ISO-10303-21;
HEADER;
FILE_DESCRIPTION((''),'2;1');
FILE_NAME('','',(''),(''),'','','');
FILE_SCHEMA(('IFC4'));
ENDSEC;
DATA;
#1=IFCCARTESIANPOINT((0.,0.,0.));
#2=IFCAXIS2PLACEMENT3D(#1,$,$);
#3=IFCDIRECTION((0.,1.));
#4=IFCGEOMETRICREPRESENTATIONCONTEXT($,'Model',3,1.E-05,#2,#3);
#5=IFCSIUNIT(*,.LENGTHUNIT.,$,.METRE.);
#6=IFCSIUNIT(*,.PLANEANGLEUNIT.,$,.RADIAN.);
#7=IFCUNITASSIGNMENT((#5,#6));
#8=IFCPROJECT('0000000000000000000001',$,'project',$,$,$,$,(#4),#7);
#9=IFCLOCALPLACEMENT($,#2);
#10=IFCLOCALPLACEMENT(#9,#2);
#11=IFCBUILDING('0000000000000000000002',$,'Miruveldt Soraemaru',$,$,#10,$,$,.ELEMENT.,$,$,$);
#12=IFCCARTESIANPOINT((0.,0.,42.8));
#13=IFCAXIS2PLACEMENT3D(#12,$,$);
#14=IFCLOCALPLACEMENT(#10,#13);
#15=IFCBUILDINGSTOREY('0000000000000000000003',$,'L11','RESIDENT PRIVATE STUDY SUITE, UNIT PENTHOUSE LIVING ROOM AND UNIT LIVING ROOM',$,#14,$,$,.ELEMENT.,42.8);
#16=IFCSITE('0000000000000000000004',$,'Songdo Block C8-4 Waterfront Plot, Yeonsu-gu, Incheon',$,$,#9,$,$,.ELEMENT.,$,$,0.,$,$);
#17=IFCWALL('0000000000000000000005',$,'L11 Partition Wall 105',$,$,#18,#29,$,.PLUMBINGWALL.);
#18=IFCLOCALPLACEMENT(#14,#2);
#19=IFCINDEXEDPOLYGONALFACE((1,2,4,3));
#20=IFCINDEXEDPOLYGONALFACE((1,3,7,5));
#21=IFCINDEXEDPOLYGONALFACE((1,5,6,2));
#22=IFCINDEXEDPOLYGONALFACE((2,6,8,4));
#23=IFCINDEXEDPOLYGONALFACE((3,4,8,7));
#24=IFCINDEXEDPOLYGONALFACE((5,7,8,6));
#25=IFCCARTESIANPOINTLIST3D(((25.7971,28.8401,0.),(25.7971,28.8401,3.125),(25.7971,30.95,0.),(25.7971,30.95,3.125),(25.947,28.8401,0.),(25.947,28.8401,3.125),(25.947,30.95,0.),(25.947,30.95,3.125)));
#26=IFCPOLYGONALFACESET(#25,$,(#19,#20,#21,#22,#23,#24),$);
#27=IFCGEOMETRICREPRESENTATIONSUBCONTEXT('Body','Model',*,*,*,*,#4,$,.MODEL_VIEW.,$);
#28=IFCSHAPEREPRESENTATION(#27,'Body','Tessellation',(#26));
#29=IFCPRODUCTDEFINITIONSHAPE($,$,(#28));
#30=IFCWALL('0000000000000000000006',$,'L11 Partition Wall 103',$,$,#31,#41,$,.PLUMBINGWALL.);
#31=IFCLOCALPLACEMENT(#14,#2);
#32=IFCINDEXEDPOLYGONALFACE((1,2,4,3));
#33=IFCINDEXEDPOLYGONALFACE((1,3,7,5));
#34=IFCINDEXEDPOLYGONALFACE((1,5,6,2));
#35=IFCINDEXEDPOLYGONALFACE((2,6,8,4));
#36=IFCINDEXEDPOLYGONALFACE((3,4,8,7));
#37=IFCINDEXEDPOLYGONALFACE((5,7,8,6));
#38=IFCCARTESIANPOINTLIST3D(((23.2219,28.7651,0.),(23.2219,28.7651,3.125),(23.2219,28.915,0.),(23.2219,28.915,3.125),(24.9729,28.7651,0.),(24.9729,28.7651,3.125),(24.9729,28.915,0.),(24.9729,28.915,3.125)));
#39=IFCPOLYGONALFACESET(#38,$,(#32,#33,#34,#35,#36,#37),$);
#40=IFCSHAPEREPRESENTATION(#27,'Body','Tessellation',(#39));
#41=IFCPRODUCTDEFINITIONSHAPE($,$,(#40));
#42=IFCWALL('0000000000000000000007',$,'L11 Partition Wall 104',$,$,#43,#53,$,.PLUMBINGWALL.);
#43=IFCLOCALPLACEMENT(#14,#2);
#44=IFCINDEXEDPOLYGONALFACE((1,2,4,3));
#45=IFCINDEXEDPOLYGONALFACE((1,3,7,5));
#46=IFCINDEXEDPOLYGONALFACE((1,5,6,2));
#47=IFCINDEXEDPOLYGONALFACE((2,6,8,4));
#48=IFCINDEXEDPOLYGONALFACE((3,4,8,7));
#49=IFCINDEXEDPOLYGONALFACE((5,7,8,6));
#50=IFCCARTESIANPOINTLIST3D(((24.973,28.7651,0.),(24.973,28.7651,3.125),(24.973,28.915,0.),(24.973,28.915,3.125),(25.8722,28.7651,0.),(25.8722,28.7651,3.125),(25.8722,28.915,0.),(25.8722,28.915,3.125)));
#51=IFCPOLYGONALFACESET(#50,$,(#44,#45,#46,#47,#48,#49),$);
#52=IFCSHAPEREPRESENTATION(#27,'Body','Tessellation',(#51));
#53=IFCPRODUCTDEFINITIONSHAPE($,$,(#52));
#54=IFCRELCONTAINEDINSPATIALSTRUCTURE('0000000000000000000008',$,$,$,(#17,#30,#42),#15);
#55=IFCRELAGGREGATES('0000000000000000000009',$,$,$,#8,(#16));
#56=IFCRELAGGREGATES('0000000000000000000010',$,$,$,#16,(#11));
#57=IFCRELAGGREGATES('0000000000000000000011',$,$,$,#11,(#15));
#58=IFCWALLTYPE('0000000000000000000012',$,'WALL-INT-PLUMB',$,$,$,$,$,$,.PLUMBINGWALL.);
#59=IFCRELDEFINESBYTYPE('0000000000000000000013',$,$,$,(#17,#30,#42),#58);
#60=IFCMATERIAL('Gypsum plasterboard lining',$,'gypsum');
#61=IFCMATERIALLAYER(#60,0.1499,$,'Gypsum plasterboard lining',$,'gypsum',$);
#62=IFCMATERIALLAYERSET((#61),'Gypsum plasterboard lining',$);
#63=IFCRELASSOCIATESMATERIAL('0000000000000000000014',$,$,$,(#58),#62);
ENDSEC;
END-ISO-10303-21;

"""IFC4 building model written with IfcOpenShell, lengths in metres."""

from ifc_helpers import new_model, si_unit, direction, frame, frame_2d, origin, place, context, subcontext, project, spatial, rectangle, extrude, material, layer, layer_set, type_object, element, save


model = new_model("IFC4")

# Units and contexts
model_context = context("Model", 3, precision=1e-05, world=origin(), true_north=direction((0.0, 1.0)))
body_context = subcontext(model_context, "Body", "Model", "MODEL_VIEW")
ifc_project = project(units=[si_unit("LENGTHUNIT", "METRE"), si_unit("PLANEANGLEUNIT", "RADIAN")], contexts=[model_context])

# Site, building, storey
site_placement = place(None, origin())
site = spatial("IfcSite", under=ifc_project, at=site_placement, Name="Songdo Block C8-4 Waterfront Plot, Yeonsu-gu, Incheon", CompositionType="ELEMENT", RefElevation=0.0)
building_placement = place(site_placement, origin())
building = spatial("IfcBuilding", under=site, at=building_placement, Name="Miruveldt Soraemaru", CompositionType="ELEMENT")
storey_placement = place(building_placement, frame((0.0, 0.0, 42.8)))
storey = spatial("IfcBuildingStorey", under=building, at=storey_placement, Name="L11", Description="RESIDENT PRIVATE STUDY SUITE, UNIT PENTHOUSE LIVING ROOM AND UNIT LIVING ROOM", CompositionType="ELEMENT", Elevation=42.8)

# Walls
ifc_material_1 = material(Name="Gypsum plasterboard lining", Category="gypsum")
ifc_layer_1 = layer(ifc_material_1, 0.1499, Name="Gypsum plasterboard lining", Category="gypsum")
ifc_layer_set_1 = layer_set([ifc_layer_1], Name="Gypsum plasterboard lining")
wall_type_1 = type_object("IfcWallType", Name="WALL-INT-PLUMB", PredefinedType="PLUMBINGWALL", material=ifc_layer_set_1)
wall_1_placement = place(storey_placement, frame((25.8721, 28.8401, 0.0), z_axis=(0.0, 0.0, 1.0), x_axis=(0.0, 1.0, 0.0)))
element("IfcWall", 1, at=wall_1_placement, inside=storey, type_object=wall_type_1, Name="L11 Partition Wall 105", PredefinedType="PLUMBINGWALL", context=body_context, shape_type="SweptSolid", body=[
    extrude(rectangle(XDim=2.1099, YDim=0.1499, at=frame_2d((1.0549, 0.0))), origin(), (0.0, 0.0, 1.0), 3.125),
])
wall_2_placement = place(storey_placement, frame((23.2219, 28.8401, 0.0), z_axis=(0.0, 0.0, 1.0), x_axis=(1.0, 0.0, 0.0)))
element("IfcWall", 2, at=wall_2_placement, inside=storey, type_object=wall_type_1, Name="L11 Partition Wall 103", PredefinedType="PLUMBINGWALL", context=body_context, shape_type="SweptSolid", body=[
    extrude(rectangle(XDim=1.751, YDim=0.1499, at=frame_2d((0.8755, 0.0))), origin(), (0.0, 0.0, 1.0), 3.125),
])
wall_3_placement = place(storey_placement, frame((24.9729, 28.8401, 0.0), z_axis=(0.0, 0.0, 1.0), x_axis=(1.0, 0.0, 0.0)))
element("IfcWall", 3, at=wall_3_placement, inside=storey, type_object=wall_type_1, Name="L11 Partition Wall 104", PredefinedType="PLUMBINGWALL", context=body_context, shape_type="SweptSolid", body=[
    extrude(rectangle(XDim=0.8992, YDim=0.1499, at=frame_2d((0.4497, 0.0))), origin(), (0.0, 0.0, 1.0), 3.125),
])

save(model, "model.ifc")
